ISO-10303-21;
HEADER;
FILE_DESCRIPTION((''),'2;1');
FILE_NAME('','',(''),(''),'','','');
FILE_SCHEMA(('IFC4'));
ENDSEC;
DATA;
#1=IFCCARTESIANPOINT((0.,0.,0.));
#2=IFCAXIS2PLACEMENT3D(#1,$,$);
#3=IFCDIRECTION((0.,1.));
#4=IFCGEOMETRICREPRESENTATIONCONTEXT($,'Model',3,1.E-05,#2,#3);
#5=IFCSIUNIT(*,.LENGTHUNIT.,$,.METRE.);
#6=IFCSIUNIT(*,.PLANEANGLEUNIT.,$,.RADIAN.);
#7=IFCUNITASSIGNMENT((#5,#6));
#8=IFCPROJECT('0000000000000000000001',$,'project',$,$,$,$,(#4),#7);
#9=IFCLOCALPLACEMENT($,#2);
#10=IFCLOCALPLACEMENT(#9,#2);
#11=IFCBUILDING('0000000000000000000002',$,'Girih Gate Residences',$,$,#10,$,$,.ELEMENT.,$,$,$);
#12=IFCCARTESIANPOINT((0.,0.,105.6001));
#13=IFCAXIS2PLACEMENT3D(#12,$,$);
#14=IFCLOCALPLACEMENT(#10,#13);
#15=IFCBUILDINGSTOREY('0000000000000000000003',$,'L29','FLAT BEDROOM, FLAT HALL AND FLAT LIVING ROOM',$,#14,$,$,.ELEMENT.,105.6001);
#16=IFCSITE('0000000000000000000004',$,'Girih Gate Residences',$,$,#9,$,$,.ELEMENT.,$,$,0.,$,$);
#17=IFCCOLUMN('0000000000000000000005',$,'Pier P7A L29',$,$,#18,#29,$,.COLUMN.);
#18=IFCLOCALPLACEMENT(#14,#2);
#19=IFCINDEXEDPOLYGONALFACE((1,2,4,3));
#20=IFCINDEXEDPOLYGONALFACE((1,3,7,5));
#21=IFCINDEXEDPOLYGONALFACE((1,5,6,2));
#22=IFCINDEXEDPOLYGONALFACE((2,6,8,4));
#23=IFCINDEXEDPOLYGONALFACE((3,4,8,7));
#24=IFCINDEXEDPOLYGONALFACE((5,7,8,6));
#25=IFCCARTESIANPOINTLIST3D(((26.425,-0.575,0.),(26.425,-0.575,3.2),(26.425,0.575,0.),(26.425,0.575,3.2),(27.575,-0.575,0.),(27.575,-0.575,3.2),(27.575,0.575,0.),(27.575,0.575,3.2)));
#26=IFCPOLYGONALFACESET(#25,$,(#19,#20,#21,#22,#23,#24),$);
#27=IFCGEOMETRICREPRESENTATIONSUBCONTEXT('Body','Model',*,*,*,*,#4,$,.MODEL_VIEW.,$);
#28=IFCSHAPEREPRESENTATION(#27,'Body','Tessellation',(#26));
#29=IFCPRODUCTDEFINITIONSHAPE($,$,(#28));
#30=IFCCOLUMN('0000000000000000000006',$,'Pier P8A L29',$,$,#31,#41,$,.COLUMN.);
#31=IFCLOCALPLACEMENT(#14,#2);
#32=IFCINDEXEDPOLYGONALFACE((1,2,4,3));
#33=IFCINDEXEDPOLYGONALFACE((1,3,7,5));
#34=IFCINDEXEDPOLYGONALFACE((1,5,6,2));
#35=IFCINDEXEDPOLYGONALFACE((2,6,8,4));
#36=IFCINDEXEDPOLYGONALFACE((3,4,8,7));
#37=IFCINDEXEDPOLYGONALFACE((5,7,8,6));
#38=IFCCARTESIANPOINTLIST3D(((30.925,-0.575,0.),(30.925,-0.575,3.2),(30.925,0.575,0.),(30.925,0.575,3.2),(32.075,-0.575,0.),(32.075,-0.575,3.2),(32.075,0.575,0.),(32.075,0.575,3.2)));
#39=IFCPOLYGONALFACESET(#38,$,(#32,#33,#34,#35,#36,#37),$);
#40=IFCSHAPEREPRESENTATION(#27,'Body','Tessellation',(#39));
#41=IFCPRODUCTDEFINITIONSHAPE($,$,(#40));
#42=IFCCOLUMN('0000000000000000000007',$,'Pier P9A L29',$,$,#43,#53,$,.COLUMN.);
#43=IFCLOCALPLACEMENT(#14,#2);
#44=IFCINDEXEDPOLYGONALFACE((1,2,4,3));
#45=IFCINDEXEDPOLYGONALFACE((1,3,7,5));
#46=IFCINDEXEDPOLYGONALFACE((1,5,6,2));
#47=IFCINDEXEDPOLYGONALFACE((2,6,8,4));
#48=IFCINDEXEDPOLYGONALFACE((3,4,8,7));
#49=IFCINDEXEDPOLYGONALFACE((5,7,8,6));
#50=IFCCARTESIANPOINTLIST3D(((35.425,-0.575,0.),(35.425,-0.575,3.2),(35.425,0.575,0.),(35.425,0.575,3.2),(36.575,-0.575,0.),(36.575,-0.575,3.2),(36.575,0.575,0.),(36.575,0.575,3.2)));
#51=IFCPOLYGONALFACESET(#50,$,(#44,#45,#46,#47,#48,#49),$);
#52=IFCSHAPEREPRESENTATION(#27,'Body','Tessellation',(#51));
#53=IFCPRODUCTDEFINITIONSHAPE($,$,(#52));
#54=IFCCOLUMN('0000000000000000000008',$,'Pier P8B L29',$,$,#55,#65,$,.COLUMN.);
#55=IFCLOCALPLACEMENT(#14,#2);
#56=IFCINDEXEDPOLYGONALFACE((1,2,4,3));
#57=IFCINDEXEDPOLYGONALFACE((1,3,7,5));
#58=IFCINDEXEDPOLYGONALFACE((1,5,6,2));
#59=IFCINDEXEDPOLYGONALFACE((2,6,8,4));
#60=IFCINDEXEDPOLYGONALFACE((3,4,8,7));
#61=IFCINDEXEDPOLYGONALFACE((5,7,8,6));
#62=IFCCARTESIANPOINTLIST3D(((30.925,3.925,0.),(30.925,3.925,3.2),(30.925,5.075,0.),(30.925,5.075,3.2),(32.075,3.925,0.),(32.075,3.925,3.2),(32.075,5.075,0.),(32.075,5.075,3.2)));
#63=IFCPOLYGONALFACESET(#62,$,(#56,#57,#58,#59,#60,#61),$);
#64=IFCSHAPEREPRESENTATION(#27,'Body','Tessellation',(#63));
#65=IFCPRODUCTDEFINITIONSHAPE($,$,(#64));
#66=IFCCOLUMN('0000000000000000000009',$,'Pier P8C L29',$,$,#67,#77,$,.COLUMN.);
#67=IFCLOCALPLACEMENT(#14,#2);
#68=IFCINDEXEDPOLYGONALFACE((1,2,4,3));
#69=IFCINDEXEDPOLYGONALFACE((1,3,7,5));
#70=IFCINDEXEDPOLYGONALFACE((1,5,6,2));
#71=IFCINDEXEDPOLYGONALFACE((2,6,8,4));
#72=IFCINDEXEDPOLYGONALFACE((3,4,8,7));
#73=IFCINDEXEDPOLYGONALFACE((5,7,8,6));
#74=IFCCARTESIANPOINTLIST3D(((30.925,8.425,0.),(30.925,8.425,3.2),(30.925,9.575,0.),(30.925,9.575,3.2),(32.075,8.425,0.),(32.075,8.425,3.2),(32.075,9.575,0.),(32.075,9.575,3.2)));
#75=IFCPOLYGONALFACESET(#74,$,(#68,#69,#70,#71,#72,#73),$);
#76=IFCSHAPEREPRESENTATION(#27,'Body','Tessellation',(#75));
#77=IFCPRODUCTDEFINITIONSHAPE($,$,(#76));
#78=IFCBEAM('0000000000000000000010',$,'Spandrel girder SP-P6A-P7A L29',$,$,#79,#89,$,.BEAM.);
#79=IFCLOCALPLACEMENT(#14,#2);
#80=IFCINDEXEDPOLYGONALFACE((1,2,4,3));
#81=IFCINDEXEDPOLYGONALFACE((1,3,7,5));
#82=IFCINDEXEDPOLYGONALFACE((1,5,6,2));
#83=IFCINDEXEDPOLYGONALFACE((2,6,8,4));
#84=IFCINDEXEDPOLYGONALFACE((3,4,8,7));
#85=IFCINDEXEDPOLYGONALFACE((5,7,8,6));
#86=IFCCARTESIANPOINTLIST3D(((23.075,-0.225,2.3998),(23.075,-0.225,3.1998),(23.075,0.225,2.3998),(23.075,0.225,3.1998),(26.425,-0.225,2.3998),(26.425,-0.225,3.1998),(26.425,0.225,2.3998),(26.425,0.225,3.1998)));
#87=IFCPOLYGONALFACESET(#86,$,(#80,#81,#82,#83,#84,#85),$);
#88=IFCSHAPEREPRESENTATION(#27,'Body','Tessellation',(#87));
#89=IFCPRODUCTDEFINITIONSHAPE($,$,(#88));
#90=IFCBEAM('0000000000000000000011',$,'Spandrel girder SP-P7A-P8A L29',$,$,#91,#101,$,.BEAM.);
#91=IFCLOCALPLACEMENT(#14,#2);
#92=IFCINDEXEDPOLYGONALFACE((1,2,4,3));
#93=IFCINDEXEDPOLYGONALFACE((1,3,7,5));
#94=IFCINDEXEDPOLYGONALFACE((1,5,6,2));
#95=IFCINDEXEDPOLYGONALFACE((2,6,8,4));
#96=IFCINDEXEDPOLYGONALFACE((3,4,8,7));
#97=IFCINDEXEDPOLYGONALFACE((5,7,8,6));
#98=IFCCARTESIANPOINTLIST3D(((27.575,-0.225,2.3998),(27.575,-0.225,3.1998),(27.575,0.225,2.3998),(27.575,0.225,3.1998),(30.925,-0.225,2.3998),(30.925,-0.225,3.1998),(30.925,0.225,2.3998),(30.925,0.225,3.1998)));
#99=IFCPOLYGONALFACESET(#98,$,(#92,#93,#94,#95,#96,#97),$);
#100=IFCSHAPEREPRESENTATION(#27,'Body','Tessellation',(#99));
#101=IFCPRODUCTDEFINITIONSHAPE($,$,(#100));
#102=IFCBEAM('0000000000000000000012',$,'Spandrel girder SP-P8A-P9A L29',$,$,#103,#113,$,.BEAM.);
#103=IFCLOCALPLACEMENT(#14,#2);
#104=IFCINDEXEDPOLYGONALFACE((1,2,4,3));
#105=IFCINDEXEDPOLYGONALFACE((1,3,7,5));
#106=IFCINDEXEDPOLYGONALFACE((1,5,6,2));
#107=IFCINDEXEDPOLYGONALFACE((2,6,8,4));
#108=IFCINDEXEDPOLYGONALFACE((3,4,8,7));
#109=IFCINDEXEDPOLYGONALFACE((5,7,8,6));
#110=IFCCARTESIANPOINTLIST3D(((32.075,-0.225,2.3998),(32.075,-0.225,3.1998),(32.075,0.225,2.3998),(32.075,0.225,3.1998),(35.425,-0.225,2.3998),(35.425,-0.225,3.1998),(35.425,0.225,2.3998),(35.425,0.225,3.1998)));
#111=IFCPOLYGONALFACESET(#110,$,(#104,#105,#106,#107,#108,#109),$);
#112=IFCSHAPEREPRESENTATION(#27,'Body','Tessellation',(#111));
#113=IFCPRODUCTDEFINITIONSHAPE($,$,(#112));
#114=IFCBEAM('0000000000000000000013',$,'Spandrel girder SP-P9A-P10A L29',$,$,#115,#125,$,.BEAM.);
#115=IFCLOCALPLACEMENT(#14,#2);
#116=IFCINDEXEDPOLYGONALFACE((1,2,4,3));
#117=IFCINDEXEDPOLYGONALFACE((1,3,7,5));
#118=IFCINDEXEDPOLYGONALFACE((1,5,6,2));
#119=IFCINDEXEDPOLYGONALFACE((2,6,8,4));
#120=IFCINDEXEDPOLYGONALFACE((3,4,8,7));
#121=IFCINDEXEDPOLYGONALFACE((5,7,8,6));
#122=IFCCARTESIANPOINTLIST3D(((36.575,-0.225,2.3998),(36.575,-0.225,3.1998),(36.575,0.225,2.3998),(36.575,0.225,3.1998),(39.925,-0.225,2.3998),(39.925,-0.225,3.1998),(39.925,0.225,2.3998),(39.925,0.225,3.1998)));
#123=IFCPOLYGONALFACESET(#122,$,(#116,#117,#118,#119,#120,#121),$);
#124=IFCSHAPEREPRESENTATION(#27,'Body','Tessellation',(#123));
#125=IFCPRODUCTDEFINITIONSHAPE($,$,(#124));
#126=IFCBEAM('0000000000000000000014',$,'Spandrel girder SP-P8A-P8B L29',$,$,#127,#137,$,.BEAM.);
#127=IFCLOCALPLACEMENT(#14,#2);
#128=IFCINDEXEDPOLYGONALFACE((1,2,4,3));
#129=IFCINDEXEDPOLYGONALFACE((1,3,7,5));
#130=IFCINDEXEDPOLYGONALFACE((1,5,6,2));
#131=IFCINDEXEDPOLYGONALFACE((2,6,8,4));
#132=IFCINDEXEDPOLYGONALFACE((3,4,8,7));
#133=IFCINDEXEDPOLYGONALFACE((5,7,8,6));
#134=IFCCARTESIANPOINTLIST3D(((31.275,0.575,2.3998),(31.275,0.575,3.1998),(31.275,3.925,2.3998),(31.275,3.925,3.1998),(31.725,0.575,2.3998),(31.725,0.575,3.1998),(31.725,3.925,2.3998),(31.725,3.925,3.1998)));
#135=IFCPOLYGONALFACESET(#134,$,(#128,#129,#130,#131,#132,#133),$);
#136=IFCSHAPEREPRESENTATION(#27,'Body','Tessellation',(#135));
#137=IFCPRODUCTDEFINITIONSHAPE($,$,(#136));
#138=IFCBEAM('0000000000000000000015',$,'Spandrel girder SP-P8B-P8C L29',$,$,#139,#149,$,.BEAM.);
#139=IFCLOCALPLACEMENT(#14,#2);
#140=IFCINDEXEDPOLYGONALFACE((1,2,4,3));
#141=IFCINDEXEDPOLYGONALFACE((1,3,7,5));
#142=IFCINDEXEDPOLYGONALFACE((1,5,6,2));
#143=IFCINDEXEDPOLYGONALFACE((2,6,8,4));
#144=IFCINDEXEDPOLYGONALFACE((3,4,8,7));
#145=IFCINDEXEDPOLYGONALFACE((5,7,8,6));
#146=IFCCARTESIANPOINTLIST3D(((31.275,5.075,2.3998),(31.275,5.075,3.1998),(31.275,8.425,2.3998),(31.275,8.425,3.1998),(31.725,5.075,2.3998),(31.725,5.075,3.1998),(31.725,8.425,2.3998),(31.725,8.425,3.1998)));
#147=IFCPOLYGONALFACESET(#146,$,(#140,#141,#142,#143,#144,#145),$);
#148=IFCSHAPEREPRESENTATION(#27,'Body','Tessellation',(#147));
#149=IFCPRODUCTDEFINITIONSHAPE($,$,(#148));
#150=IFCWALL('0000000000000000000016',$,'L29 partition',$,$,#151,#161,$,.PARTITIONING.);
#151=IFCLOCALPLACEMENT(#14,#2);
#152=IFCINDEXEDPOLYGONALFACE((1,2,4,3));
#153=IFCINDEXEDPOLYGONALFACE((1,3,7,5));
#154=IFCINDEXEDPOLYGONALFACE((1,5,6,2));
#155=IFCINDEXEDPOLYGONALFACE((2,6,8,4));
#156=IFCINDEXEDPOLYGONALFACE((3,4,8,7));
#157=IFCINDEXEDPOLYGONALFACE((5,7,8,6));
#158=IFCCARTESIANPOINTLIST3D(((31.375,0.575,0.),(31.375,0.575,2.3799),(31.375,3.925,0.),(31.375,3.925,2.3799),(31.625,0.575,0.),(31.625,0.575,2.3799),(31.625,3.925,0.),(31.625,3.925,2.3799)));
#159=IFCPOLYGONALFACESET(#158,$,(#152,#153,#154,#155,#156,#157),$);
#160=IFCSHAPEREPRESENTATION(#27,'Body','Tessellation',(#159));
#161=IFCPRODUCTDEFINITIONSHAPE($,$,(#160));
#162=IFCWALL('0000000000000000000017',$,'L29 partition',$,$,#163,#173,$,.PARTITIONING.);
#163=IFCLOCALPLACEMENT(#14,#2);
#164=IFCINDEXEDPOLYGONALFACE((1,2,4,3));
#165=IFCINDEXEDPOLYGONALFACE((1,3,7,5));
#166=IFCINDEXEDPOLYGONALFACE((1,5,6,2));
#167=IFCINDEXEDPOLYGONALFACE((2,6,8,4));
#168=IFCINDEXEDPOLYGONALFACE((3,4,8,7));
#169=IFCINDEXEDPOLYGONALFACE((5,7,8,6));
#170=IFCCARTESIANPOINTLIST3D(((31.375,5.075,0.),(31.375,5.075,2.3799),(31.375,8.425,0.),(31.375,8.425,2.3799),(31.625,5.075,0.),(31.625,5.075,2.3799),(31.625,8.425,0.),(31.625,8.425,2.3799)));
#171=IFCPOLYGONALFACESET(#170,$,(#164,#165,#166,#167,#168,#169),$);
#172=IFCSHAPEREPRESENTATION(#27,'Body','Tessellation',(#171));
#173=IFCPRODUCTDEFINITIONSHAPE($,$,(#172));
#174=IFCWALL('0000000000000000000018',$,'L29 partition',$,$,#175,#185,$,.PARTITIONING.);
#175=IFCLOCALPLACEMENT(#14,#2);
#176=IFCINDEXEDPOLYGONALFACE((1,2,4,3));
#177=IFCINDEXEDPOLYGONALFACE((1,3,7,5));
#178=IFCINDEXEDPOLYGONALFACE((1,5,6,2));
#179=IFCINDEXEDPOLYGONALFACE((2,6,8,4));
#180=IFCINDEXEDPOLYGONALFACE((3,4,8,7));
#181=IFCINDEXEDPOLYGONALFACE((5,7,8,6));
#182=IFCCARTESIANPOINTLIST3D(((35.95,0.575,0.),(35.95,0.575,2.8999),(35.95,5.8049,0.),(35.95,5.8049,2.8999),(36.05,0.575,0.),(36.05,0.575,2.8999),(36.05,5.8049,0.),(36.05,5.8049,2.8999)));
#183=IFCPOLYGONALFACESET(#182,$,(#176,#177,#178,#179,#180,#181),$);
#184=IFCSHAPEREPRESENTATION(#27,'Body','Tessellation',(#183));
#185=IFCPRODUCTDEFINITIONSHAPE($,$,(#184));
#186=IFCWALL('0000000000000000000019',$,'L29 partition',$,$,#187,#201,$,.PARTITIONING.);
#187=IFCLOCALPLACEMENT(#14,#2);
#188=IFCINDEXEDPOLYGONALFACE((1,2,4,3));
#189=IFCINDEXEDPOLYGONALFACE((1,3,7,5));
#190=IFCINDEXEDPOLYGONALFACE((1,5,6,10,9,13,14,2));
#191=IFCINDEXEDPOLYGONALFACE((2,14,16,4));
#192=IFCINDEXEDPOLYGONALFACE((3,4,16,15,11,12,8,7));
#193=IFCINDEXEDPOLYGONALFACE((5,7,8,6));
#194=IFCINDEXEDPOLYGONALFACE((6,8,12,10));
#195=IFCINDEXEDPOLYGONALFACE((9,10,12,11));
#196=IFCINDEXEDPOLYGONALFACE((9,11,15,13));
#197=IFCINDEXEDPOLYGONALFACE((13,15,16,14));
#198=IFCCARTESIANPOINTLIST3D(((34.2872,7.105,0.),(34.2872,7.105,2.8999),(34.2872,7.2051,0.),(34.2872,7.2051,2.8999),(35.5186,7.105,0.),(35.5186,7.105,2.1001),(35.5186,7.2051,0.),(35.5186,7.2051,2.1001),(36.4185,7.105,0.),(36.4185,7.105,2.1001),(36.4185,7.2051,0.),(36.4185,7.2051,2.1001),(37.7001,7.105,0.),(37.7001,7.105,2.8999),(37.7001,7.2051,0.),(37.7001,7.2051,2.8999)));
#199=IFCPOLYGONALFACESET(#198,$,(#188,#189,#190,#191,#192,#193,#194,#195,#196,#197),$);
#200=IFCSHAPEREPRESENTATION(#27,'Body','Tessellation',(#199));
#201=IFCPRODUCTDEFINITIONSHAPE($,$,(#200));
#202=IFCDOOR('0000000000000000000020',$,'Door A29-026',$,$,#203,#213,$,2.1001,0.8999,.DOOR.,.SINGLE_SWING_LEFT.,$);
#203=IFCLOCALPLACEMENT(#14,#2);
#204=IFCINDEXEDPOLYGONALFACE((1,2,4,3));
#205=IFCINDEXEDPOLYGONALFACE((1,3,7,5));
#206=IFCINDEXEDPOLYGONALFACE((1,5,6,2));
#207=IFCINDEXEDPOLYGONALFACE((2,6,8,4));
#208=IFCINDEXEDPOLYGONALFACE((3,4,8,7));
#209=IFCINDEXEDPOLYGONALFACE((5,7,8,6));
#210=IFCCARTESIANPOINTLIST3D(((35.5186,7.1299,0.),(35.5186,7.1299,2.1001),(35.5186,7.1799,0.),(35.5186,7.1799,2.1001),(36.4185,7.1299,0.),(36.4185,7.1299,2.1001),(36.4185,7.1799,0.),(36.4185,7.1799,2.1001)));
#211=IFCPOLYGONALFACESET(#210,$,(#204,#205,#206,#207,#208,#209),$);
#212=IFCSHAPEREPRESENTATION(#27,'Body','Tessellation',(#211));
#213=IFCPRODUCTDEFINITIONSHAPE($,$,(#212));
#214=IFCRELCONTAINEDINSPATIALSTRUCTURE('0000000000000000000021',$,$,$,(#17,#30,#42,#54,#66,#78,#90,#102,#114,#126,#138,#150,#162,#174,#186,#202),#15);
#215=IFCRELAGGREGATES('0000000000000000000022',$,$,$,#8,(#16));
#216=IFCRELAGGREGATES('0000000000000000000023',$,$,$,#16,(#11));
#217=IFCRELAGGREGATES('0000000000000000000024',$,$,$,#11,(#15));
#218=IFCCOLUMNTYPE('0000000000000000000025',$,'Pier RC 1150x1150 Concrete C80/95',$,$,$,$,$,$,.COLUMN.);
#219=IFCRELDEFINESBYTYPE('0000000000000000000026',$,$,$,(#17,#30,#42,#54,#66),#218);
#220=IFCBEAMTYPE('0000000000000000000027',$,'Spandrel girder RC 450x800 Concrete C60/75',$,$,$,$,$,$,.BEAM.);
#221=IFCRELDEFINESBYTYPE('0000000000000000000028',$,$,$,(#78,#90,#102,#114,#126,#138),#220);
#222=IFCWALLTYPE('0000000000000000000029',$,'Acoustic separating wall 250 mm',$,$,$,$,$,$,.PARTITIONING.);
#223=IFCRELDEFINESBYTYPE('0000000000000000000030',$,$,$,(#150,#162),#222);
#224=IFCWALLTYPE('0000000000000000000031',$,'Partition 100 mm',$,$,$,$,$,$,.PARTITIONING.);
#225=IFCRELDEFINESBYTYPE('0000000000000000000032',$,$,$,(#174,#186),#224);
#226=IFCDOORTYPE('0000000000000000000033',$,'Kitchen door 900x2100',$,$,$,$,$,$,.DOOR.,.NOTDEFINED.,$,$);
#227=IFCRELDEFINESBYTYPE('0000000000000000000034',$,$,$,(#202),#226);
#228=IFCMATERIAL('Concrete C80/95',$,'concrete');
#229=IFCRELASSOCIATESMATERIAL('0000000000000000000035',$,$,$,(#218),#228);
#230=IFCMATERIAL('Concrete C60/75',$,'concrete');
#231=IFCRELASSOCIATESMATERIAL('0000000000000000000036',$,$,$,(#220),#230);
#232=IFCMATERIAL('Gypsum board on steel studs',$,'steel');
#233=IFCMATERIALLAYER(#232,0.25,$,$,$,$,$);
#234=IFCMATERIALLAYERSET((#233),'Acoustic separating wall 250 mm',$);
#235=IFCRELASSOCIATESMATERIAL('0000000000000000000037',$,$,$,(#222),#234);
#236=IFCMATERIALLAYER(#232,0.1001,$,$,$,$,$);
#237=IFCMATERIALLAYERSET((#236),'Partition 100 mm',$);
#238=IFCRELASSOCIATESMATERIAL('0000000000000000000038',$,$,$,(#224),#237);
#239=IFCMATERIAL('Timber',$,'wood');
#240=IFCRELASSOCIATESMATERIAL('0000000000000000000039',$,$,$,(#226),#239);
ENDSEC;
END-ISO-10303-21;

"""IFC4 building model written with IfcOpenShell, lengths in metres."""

from ifc_helpers import new_model, si_unit, direction, frame, frame_2d, origin, origin_2d, place, context, subcontext, project, spatial, rectangle, extrude, material, layer, layer_set, material_profile, profile_set, type_object, element, fill, save


model = new_model("IFC4")

# Units and contexts
model_context = context("Model", 3, precision=1e-05, world=origin(), true_north=direction((0.0, 1.0)))
body_context = subcontext(model_context, "Body", "Model", "MODEL_VIEW")
ifc_project = project(units=[si_unit("LENGTHUNIT", "METRE"), si_unit("PLANEANGLEUNIT", "RADIAN")], contexts=[model_context])

# Site, building, storey
site_placement = place(None, origin())
site = spatial("IfcSite", under=ifc_project, at=site_placement, Name="Girih Gate Residences", CompositionType="ELEMENT", RefElevation=0.0)
building_placement = place(site_placement, origin())
building = spatial("IfcBuilding", under=site, at=building_placement, Name="Girih Gate Residences", CompositionType="ELEMENT")
storey_placement = place(building_placement, frame((0.0, 0.0, 105.6001)))
storey = spatial("IfcBuildingStorey", under=building, at=storey_placement, Name="L29", Description="FLAT BEDROOM, FLAT HALL AND FLAT LIVING ROOM", CompositionType="ELEMENT", Elevation=105.6001)

# Columns
ifc_material_1 = material(Name="Concrete C80/95", Category="concrete")
ifc_material_profile_1 = material_profile(ifc_material_1, rectangle(XDim=1.1499, YDim=1.1499, at=origin_2d()))
ifc_profile_set_1 = profile_set([ifc_material_profile_1], Name="Concrete C80/95")
column_type = type_object("IfcColumnType", Name="Pier RC 1150x1150 Concrete C80/95", PredefinedType="COLUMN", material=ifc_profile_set_1)
for number, where, z_axis, x_axis, name in (
    (1, (27.0, 0.0, 0.0), (0.0, 0.0, 1.0), (1.0, 0.0, 0.0), "Pier P7A L29"),
    (2, (31.5, 0.0, 0.0), (0.0, 0.0, 1.0), (1.0, 0.0, 0.0), "Pier P8A L29"),
    (3, (36.0, 0.0, 0.0), (0.0, 0.0, 1.0), (1.0, 0.0, 0.0), "Pier P9A L29"),
    (4, (31.5, 4.5, 0.0), (0.0, 0.0, 1.0), (1.0, 0.0, 0.0), "Pier P8B L29"),
    (5, (31.5, 9.0, 0.0), (0.0, 0.0, 1.0), (1.0, 0.0, 0.0), "Pier P8C L29"),
):
    element("IfcColumn", number, at=place(storey_placement, frame(where, z_axis=z_axis, x_axis=x_axis)), inside=storey, type_object=column_type, Name=name, PredefinedType="COLUMN", context=body_context, shape_type="SweptSolid", body=[
        extrude(rectangle(XDim=1.1499, YDim=1.1499, at=origin_2d()), origin(), (0.0, 0.0, 1.0), 3.2),
    ])

# Beams
ifc_material_2 = material(Name="Concrete C60/75", Category="concrete")
ifc_material_profile_2 = material_profile(ifc_material_2, rectangle(XDim=0.45, YDim=0.8, at=origin_2d()))
ifc_profile_set_2 = profile_set([ifc_material_profile_2], Name="Concrete C60/75")
beam_type = type_object("IfcBeamType", Name="Spandrel girder RC 450x800 Concrete C60/75", PredefinedType="BEAM", material=ifc_profile_set_2)
for number, where, z_axis, x_axis, name in (
    (6, (23.075, 0.0, 2.7998), (1.0, 0.0, 0.0), (0.0, 1.0, 0.0), "Spandrel girder SP-P6A-P7A L29"),
    (7, (27.575, 0.0, 2.7998), (1.0, 0.0, 0.0), (0.0, 1.0, 0.0), "Spandrel girder SP-P7A-P8A L29"),
    (8, (32.075, 0.0, 2.7998), (1.0, 0.0, 0.0), (0.0, 1.0, 0.0), "Spandrel girder SP-P8A-P9A L29"),
    (9, (36.575, 0.0, 2.7998), (1.0, 0.0, 0.0), (0.0, 1.0, 0.0), "Spandrel girder SP-P9A-P10A L29"),
    (10, (31.5, 0.575, 2.7998), (0.0, 1.0, 0.0), (-1.0, 0.0, 0.0), "Spandrel girder SP-P8A-P8B L29"),
    (11, (31.5, 5.075, 2.7998), (0.0, 1.0, 0.0), (-1.0, 0.0, 0.0), "Spandrel girder SP-P8B-P8C L29"),
):
    element("IfcBeam", number, at=place(storey_placement, frame(where, z_axis=z_axis, x_axis=x_axis)), inside=storey, type_object=beam_type, Name=name, PredefinedType="BEAM", context=body_context, shape_type="SweptSolid", body=[
        extrude(rectangle(XDim=0.45, YDim=0.8, at=origin_2d()), origin(), (0.0, 0.0, 1.0), 3.3501),
    ])

# Walls
ifc_material_3 = material(Name="Gypsum board on steel studs", Category="steel")
ifc_layer_1 = layer(ifc_material_3, 0.25)
ifc_layer_set_1 = layer_set([ifc_layer_1], Name="Acoustic separating wall 250 mm")
wall_type_1 = type_object("IfcWallType", Name="Acoustic separating wall 250 mm", PredefinedType="PARTITIONING", material=ifc_layer_set_1)
for number, where, z_axis, x_axis, name in (
    (12, (31.5, 0.575, 0.0), (0.0, 0.0, 1.0), (0.0, 1.0, 0.0), "L29 partition"),
    (13, (31.5, 5.075, 0.0), (0.0, 0.0, 1.0), (0.0, 1.0, 0.0), "L29 partition"),
):
    element("IfcWall", number, at=place(storey_placement, frame(where, z_axis=z_axis, x_axis=x_axis)), inside=storey, type_object=wall_type_1, Name=name, PredefinedType="PARTITIONING", context=body_context, shape_type="SweptSolid", body=[
        extrude(rectangle(XDim=3.3501, YDim=0.25, at=frame_2d((1.675, 0.0))), origin(), (0.0, 0.0, 1.0), 2.3799),
    ])
ifc_layer_2 = layer(ifc_material_3, 0.1001)
ifc_layer_set_2 = layer_set([ifc_layer_2], Name="Partition 100 mm")
wall_type_2 = type_object("IfcWallType", Name="Partition 100 mm", PredefinedType="PARTITIONING", material=ifc_layer_set_2)
wall_1_placement = place(storey_placement, frame((36.0, 0.575, 0.0), z_axis=(0.0, 0.0, 1.0), x_axis=(0.0, 1.0, 0.0)))
element("IfcWall", 14, at=wall_1_placement, inside=storey, type_object=wall_type_2, Name="L29 partition", PredefinedType="PARTITIONING", context=body_context, shape_type="SweptSolid", body=[
    extrude(rectangle(XDim=5.23, YDim=0.1001, at=frame_2d((2.615, 0.0))), origin(), (0.0, 0.0, 1.0), 2.8999),
])

# Wall, opening, door
wall_2_placement = place(storey_placement, frame((34.2871, 7.155, 0.0), z_axis=(0.0, 0.0, 1.0), x_axis=(1.0, 0.0, 0.0)))
wall_2 = element("IfcWall", 15, at=wall_2_placement, inside=storey, type_object=wall_type_2, Name="L29 partition", PredefinedType="PARTITIONING", context=body_context, shape_type="SweptSolid", body=[
    extrude(rectangle(XDim=3.4128, YDim=0.1001, at=frame_2d((1.7065, 0.0))), origin(), (0.0, 0.0, 1.0), 2.8999),
])
opening_1_placement = place(wall_2_placement, frame((1.2314, 0.0, 0.0)))
opening_1 = element("IfcOpeningElement", 16, at=opening_1_placement, cuts=wall_2, PredefinedType="OPENING", context=body_context, shape_type="SweptSolid", body=[
    extrude(rectangle(XDim=0.8999, YDim=2.1001, at=frame_2d((0.45, 1.05))), frame((0.0, 0.0601, 0.0), z_axis=(0.0, -1.0, 0.0), x_axis=(1.0, 0.0, 0.0)), (0.0, 0.0, 1.0), 0.1201),
])
ifc_material_4 = material(Name="Timber", Category="wood")
door_type_1 = type_object("IfcDoorType", Name="Kitchen door 900x2100", OperationType="NOTDEFINED", PredefinedType="DOOR", material=ifc_material_4)
door_1_placement = place(opening_1_placement, origin())
door_1 = element("IfcDoor", 17, at=door_1_placement, inside=storey, type_object=door_type_1, Name="Door A29-026", OperationType="SINGLE_SWING_LEFT", OverallHeight=2.1001, OverallWidth=0.8999, PredefinedType="DOOR", context=body_context, shape_type="SweptSolid", body=[
    extrude(rectangle(XDim=0.8999, YDim=2.1001, at=frame_2d((0.45, 1.05))), frame((0.0, 0.0249, 0.0), z_axis=(0.0, -1.0, 0.0), x_axis=(1.0, 0.0, 0.0)), (0.0, 0.0, 1.0), 0.05),
])
fill(opening_1, door_1)

save(model, "model.ifc")
